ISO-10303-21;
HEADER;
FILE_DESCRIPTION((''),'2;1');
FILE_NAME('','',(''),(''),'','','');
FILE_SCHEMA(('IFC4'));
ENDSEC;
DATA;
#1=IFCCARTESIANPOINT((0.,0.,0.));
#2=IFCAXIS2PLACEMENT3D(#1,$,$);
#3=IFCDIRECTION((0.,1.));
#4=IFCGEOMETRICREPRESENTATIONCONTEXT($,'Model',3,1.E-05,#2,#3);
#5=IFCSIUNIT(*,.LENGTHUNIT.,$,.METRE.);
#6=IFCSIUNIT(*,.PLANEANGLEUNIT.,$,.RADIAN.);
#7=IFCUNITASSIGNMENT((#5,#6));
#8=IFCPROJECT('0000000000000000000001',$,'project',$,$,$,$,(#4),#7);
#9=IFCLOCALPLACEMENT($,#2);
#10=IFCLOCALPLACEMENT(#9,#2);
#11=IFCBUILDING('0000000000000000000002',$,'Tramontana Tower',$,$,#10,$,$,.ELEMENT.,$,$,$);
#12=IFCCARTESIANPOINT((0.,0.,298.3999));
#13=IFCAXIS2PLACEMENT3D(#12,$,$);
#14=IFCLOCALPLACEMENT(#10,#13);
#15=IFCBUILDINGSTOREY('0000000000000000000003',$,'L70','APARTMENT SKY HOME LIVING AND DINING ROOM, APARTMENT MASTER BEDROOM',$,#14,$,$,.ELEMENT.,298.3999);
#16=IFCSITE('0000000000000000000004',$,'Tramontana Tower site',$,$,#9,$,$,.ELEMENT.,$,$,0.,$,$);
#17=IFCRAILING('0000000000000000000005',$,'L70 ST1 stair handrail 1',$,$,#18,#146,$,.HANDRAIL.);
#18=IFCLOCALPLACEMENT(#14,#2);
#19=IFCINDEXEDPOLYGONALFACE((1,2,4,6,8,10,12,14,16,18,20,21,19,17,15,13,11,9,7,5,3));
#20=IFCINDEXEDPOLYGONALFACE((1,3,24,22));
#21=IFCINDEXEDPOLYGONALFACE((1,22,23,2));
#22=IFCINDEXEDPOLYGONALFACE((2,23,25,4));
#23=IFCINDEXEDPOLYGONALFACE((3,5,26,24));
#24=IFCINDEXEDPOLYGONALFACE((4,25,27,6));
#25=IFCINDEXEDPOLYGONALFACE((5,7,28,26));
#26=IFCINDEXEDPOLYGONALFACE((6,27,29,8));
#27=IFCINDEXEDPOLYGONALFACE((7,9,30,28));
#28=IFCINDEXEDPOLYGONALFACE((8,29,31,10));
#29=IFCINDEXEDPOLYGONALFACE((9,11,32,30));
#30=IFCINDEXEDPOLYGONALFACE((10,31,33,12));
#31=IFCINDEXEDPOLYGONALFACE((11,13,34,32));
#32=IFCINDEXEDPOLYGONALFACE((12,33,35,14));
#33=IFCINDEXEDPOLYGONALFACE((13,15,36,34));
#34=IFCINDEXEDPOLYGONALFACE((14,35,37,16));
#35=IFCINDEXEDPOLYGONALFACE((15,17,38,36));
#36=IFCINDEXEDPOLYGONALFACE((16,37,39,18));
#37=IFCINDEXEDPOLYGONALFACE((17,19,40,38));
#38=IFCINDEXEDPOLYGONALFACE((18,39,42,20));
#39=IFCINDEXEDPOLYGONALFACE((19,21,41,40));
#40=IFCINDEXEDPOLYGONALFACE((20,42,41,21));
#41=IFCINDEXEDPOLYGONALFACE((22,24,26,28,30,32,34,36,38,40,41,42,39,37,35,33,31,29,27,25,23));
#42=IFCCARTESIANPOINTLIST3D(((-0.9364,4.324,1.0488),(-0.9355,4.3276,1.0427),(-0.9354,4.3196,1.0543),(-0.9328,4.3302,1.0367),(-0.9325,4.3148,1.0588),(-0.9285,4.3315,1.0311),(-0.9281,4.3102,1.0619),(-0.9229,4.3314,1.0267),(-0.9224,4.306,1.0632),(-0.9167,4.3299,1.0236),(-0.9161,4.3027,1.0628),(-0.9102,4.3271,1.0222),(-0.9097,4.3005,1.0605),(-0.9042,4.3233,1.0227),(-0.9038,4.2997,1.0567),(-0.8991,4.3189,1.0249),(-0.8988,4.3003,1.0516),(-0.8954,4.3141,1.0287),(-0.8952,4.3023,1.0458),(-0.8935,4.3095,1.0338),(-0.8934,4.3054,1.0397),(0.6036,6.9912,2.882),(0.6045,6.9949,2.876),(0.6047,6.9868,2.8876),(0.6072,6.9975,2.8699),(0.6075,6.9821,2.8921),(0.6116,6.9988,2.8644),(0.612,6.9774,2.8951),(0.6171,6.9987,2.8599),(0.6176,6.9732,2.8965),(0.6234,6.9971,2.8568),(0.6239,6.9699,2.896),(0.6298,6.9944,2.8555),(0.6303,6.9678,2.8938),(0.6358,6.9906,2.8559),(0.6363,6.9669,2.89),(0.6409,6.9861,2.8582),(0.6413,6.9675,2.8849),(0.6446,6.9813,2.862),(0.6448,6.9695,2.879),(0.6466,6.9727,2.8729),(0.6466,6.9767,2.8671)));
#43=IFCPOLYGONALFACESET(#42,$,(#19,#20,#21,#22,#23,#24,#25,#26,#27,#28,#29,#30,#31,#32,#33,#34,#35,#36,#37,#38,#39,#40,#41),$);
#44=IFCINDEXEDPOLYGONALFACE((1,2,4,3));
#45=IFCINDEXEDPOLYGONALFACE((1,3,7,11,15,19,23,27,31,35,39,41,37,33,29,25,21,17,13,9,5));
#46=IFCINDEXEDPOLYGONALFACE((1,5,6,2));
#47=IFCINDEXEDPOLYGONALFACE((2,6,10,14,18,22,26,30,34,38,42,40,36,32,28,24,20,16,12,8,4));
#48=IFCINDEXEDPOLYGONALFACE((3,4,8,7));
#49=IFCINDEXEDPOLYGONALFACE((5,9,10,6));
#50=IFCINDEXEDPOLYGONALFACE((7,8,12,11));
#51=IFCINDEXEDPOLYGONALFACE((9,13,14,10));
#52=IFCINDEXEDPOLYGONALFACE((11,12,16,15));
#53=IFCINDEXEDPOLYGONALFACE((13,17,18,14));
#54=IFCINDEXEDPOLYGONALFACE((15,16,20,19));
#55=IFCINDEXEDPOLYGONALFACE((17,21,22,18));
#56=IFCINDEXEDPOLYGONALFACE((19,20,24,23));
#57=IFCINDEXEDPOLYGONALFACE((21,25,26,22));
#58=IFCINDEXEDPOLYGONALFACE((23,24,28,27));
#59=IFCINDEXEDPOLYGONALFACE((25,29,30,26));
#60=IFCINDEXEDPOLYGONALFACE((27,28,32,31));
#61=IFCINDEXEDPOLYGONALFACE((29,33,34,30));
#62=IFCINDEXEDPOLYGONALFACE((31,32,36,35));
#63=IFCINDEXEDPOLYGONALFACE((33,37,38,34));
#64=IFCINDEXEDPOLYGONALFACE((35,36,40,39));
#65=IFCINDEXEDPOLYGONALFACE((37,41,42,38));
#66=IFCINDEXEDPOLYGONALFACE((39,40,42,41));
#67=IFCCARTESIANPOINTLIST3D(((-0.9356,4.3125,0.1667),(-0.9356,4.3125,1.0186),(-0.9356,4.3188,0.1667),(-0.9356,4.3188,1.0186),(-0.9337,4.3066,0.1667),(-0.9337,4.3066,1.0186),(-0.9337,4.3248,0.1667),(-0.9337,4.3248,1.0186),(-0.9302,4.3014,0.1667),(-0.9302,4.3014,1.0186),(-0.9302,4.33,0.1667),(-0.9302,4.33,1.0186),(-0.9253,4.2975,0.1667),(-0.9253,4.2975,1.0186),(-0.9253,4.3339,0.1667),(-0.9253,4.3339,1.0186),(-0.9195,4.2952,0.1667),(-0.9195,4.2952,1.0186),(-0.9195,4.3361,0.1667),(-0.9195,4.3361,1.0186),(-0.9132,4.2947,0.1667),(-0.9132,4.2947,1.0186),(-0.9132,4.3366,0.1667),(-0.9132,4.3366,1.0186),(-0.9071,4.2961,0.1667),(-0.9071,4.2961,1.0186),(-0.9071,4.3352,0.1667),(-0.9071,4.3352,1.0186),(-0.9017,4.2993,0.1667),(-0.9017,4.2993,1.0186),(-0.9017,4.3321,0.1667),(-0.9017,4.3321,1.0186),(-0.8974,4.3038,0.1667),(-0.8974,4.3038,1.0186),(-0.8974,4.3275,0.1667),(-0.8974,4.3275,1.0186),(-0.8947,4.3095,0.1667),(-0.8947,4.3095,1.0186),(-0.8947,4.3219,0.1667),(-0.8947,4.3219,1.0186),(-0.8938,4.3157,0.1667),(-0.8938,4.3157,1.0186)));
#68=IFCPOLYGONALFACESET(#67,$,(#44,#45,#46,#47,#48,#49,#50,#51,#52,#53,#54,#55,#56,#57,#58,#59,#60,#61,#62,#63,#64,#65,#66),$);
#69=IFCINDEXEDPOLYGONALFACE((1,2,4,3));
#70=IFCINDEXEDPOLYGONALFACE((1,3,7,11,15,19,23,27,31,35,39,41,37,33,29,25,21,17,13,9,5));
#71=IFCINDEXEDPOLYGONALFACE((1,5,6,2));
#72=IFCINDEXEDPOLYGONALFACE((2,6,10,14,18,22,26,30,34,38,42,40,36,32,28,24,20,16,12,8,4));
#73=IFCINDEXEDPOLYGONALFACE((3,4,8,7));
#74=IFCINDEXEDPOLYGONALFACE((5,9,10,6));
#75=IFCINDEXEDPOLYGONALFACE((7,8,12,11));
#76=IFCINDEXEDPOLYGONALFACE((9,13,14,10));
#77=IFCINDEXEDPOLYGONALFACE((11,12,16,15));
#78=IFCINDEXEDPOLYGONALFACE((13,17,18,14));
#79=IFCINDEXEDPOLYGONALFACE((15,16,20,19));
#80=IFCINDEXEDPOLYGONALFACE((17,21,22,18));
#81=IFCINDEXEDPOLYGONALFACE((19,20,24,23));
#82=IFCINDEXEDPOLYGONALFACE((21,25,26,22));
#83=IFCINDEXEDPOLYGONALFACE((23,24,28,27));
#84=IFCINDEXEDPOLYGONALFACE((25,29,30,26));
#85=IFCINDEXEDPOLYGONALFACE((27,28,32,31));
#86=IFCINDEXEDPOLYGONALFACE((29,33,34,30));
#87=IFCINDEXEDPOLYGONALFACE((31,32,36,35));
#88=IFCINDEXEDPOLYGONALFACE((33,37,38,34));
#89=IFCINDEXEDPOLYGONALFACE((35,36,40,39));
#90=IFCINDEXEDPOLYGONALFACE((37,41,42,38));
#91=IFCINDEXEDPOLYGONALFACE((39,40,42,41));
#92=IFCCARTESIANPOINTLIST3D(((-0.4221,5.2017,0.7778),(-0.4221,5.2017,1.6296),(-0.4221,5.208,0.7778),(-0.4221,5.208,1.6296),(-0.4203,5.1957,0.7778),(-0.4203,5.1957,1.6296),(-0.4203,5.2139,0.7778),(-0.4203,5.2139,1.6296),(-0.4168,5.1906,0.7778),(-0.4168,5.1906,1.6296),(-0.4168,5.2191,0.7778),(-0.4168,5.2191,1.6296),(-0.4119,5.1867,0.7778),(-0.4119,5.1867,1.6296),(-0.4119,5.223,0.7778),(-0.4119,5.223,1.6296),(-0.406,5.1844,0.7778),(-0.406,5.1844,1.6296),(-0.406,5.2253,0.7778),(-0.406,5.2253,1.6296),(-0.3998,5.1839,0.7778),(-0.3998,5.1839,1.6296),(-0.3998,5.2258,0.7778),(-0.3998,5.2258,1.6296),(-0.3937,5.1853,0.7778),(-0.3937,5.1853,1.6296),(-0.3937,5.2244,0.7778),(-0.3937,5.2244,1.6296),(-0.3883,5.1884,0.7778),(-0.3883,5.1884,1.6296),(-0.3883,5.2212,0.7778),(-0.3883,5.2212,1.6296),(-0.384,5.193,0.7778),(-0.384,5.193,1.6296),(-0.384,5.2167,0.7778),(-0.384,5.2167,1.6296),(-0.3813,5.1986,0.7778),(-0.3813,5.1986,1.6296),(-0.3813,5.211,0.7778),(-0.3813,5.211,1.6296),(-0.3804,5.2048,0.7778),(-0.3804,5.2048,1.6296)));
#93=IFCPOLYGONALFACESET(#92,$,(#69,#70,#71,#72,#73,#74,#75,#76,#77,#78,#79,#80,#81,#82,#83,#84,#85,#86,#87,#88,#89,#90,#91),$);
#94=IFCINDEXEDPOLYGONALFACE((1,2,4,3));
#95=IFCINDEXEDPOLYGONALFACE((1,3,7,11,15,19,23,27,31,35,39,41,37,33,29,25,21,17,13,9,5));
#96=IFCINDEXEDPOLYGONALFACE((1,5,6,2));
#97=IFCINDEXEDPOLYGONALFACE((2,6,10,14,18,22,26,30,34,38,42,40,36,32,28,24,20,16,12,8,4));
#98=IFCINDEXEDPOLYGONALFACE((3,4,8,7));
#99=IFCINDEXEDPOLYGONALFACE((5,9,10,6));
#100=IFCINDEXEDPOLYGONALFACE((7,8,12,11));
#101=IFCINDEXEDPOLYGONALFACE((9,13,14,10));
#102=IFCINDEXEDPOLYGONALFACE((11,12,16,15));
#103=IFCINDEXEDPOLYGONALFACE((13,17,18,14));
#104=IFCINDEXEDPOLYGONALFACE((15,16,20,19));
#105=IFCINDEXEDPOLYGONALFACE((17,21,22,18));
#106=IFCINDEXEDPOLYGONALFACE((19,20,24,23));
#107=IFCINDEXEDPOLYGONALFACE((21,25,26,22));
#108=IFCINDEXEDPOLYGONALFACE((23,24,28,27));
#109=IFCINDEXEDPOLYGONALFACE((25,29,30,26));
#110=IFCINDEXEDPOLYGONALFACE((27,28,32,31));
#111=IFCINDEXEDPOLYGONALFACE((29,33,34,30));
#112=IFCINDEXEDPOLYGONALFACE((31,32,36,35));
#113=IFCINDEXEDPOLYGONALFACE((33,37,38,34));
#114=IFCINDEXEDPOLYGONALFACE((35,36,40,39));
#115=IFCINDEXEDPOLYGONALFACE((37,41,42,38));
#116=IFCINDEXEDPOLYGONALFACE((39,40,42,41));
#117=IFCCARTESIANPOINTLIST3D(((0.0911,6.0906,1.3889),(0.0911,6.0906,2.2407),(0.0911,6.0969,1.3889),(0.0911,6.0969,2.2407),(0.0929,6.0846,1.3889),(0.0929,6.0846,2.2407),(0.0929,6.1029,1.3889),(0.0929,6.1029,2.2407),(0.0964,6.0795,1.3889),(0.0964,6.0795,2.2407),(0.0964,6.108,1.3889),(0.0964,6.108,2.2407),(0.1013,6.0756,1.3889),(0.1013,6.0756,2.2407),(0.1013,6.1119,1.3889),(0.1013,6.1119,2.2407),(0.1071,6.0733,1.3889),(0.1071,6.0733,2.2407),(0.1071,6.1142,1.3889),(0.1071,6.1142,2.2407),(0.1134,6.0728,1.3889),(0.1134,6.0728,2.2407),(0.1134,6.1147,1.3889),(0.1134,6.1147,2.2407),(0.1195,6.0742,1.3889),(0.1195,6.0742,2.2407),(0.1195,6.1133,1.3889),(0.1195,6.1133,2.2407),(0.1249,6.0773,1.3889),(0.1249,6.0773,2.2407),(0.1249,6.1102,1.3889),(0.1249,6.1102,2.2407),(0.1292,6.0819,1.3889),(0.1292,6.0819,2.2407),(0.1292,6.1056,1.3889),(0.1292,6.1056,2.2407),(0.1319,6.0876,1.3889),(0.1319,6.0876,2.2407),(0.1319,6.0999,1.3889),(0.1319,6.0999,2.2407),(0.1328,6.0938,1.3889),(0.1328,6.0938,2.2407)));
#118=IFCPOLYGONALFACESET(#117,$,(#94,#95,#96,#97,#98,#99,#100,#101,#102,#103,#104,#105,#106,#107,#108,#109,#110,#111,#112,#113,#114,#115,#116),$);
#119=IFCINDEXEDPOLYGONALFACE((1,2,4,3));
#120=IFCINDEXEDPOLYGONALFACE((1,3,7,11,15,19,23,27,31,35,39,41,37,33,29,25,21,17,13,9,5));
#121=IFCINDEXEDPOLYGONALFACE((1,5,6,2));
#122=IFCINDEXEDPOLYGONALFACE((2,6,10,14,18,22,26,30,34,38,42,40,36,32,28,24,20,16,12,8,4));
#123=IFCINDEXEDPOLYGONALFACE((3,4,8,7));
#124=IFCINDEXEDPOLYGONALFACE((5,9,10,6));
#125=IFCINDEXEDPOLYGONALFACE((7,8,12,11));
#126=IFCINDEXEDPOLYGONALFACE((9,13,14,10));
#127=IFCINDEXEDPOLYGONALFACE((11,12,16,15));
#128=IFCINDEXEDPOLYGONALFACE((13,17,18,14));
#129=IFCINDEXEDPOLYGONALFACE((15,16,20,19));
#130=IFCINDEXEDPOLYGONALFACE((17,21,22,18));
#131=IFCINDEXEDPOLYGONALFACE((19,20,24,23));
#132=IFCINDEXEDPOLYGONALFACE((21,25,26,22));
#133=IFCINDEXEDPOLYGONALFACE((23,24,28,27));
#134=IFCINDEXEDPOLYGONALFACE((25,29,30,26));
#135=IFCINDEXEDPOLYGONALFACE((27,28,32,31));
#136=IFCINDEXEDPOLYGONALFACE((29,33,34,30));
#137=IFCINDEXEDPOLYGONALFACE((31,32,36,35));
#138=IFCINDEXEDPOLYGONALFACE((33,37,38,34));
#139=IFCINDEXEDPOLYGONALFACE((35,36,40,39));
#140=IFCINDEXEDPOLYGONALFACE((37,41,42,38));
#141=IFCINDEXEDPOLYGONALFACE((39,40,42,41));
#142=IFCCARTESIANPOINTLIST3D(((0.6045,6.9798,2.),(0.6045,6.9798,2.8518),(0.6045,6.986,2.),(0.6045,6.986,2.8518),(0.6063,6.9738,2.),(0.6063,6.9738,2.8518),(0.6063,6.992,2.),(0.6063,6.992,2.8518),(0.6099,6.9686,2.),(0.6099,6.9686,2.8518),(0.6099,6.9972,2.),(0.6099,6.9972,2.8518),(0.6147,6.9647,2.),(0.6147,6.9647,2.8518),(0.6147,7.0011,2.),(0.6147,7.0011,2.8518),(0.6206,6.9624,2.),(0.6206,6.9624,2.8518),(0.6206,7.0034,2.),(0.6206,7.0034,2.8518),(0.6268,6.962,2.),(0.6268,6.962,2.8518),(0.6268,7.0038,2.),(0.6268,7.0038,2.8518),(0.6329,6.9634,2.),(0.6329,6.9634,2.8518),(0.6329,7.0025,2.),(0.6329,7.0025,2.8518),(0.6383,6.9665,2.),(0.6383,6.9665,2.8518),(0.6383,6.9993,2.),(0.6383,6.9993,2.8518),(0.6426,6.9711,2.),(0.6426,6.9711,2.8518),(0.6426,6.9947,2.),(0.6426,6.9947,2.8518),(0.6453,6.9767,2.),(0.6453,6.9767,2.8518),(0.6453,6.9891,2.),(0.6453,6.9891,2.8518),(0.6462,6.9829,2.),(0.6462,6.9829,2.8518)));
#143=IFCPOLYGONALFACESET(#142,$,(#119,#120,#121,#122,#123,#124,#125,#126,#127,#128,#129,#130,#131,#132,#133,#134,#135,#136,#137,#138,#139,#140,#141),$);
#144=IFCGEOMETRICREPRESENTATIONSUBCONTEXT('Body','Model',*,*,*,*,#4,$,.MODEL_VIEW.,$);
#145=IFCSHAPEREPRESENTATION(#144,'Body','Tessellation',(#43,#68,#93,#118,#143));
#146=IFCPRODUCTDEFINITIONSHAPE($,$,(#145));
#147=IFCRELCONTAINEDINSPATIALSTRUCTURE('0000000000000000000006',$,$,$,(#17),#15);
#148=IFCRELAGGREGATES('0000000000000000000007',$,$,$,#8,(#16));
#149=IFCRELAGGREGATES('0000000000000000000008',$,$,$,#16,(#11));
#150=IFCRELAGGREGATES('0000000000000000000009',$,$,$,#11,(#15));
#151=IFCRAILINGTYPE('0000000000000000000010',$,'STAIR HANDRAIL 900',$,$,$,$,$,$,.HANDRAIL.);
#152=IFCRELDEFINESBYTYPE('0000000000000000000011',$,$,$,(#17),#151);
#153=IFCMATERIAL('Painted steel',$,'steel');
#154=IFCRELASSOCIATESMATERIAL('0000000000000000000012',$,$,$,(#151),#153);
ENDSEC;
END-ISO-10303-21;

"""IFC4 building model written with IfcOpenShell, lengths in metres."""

from ifc_helpers import new_model, si_unit, direction, frame, origin, origin_2d, place, context, subcontext, project, spatial, circle, extrude, material, type_object, element, save


model = new_model("IFC4")

# Units and contexts
model_context = context("Model", 3, precision=1e-05, world=origin(), true_north=direction((0.0, 1.0)))
body_context = subcontext(model_context, "Body", "Model", "MODEL_VIEW")
ifc_project = project(units=[si_unit("LENGTHUNIT", "METRE"), si_unit("PLANEANGLEUNIT", "RADIAN")], contexts=[model_context])

# Site, building, storey
site_placement = place(None, origin())
site = spatial("IfcSite", under=ifc_project, at=site_placement, Name="Tramontana Tower site", CompositionType="ELEMENT", RefElevation=0.0)
building_placement = place(site_placement, origin())
building = spatial("IfcBuilding", under=site, at=building_placement, Name="Tramontana Tower", CompositionType="ELEMENT")
storey_placement = place(building_placement, frame((0.0, 0.0, 298.3999)))
storey = spatial("IfcBuildingStorey", under=building, at=storey_placement, Name="L70", Description="APARTMENT SKY HOME LIVING AND DINING ROOM, APARTMENT MASTER BEDROOM", CompositionType="ELEMENT", Elevation=298.3999)

# Railing
ifc_material_1 = material(Name="Painted steel", Category="steel")
railing_type_1 = type_object("IfcRailingType", Name="STAIR HANDRAIL 900", PredefinedType="HANDRAIL", material=ifc_material_1)
railing_1_placement = place(storey_placement, frame((-0.9148, 4.3157, 0.1667)))
element("IfcRailing", 1, at=railing_1_placement, inside=storey, type_object=railing_type_1, Name="L70 ST1 stair handrail 1", PredefinedType="HANDRAIL", context=body_context, shape_type="SweptSolid", body=[
    extrude(circle(Radius=0.0239, at=origin_2d()), frame((0.0, 0.0, 0.876), z_axis=(0.429671, 0.744159, 0.511478), x_axis=(-0.86601, 0.500027, 0.0)), (0.0, 0.0, 1.0), 3.5842),
    extrude(circle(Radius=0.021, at=origin_2d()), origin(), (0.0, 0.0, 1.0), 0.8518),
    extrude(circle(Radius=0.021, at=origin_2d()), frame((0.5134, 0.8892, 0.6111)), (0.0, 0.0, 1.0), 0.8518),
    extrude(circle(Radius=0.021, at=origin_2d()), frame((1.0266, 1.7781, 1.2222)), (0.0, 0.0, 1.0), 0.8518),
    extrude(circle(Radius=0.021, at=origin_2d()), frame((1.54, 2.6672, 1.8333)), (0.0, 0.0, 1.0), 0.8518),
])

save(model, "model.ifc")
